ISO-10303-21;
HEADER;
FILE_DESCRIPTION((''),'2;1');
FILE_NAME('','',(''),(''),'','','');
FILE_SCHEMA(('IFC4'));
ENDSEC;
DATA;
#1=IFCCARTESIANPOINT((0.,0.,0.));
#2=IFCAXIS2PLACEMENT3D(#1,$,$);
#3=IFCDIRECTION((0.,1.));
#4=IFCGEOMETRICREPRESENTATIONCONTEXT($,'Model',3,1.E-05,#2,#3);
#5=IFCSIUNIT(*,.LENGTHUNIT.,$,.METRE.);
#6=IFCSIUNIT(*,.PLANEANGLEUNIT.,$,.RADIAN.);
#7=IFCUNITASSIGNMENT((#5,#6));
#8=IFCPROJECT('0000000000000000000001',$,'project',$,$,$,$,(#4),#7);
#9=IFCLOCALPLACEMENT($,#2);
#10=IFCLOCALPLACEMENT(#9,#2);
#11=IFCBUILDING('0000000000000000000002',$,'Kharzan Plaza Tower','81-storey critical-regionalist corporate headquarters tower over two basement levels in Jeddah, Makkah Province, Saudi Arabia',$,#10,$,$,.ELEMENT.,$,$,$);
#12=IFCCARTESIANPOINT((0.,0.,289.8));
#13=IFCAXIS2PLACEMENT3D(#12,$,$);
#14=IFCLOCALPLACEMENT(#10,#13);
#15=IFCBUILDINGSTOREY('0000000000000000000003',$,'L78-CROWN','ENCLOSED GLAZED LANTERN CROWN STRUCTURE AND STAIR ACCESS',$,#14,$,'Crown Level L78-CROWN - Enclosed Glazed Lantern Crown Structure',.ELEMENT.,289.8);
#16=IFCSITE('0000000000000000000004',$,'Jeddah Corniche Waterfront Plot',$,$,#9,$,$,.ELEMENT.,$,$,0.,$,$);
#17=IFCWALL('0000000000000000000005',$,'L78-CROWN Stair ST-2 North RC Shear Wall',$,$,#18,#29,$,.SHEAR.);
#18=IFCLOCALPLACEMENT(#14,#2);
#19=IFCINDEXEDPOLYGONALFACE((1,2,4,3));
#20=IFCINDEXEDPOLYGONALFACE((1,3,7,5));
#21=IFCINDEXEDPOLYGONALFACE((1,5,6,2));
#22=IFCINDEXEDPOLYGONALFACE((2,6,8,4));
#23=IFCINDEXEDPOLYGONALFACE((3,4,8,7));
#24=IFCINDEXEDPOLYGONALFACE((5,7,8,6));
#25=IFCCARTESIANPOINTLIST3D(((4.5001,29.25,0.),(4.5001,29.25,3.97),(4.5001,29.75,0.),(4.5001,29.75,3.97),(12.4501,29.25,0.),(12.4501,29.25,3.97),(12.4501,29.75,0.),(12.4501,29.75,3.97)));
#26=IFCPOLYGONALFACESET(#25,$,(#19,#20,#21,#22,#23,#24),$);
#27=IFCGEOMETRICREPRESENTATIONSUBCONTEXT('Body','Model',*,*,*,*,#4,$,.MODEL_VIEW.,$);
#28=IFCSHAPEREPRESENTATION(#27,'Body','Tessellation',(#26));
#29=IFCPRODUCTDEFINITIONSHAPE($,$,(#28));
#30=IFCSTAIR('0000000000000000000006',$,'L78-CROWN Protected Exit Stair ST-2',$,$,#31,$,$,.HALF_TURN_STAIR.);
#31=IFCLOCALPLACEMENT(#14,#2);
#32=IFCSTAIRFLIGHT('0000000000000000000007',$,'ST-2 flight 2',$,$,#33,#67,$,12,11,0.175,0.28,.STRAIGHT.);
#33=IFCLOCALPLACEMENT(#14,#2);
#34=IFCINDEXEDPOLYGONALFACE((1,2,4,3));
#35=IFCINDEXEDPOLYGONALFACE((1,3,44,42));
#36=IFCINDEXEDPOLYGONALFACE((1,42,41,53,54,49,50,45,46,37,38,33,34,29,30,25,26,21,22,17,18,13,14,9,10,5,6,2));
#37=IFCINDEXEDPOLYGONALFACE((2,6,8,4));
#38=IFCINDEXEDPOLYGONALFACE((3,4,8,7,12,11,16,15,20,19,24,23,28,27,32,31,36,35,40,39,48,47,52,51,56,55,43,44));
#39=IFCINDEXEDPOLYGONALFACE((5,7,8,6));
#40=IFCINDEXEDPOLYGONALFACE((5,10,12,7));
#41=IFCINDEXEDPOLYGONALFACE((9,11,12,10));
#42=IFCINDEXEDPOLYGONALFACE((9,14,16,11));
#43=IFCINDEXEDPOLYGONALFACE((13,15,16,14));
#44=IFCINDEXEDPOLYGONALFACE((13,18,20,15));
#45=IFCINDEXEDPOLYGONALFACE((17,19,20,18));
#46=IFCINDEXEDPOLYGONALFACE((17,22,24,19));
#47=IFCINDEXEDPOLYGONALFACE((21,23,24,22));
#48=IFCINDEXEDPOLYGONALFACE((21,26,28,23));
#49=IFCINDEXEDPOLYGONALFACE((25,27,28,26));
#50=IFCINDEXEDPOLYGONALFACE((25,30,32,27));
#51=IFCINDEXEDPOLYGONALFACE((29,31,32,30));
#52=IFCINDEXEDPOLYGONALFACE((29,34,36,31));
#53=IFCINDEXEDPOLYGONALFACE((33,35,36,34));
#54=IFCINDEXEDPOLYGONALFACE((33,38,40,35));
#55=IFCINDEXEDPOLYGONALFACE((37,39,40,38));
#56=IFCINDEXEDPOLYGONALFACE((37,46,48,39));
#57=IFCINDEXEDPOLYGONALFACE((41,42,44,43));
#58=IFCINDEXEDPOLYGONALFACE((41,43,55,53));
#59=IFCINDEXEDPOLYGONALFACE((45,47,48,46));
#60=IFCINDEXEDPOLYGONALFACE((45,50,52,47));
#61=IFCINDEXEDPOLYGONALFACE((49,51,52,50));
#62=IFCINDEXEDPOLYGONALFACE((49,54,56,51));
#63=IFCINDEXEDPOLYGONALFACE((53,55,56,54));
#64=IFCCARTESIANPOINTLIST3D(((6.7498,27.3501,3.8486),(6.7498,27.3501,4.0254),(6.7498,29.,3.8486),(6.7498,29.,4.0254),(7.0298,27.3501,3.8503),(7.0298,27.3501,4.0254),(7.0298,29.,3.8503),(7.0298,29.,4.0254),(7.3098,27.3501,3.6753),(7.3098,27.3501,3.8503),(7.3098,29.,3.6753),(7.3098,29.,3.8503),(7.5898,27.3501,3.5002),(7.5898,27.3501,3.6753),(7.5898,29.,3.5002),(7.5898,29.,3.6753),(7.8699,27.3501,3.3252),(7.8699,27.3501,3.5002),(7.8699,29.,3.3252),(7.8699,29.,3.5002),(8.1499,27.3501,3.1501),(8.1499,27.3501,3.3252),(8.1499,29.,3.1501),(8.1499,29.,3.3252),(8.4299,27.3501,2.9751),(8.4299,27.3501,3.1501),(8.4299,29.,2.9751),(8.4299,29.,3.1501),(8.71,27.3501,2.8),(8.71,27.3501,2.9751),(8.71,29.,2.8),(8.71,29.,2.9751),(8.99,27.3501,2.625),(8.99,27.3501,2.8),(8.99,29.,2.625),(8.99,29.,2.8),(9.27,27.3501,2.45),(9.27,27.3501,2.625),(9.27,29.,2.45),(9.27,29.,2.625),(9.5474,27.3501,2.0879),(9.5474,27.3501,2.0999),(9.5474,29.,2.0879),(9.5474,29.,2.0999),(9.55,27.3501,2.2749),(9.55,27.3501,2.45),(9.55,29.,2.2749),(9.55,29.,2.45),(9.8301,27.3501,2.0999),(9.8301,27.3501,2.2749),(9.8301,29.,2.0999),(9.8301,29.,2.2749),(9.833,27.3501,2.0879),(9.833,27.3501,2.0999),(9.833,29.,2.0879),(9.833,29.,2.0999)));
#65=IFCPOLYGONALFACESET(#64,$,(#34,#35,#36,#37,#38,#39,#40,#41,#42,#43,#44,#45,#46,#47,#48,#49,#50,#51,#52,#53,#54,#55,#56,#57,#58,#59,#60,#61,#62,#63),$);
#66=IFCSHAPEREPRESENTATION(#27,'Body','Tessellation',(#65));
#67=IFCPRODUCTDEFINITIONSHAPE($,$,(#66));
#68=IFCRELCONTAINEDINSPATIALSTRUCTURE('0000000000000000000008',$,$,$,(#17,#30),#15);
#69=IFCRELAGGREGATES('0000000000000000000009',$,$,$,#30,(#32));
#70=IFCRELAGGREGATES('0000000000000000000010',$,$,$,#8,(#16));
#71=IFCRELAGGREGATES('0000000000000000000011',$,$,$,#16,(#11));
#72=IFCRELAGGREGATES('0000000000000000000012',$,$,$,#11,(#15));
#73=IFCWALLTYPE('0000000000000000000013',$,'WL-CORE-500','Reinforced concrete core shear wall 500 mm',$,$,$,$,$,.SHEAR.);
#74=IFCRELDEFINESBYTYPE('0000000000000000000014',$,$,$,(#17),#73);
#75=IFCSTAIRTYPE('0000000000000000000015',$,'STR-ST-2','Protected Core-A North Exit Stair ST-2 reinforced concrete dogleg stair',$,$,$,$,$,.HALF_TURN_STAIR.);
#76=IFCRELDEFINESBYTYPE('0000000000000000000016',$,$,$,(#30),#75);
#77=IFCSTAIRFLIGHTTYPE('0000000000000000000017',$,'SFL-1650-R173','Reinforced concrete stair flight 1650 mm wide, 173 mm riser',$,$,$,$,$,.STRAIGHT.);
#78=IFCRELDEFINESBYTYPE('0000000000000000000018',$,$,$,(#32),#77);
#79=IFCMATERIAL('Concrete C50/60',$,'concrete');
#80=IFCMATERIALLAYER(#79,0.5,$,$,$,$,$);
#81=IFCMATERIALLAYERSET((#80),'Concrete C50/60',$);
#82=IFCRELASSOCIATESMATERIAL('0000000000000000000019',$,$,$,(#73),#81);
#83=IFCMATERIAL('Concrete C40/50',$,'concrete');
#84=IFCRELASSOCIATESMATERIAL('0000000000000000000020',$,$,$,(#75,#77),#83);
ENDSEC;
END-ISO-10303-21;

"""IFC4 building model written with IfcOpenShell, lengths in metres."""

from ifc_helpers import new_model, si_unit, direction, frame, frame_2d, origin, place, context, subcontext, project, spatial, polyline, rectangle, outline, extrude, source, transform, mapped, material, layer, layer_set, type_object, element, aggregate, save


model = new_model("IFC4")

# Units and contexts
model_context = context("Model", 3, precision=1e-05, world=origin(), true_north=direction((0.0, 1.0)))
body_context = subcontext(model_context, "Body", "Model", "MODEL_VIEW")
ifc_project = project(units=[si_unit("LENGTHUNIT", "METRE"), si_unit("PLANEANGLEUNIT", "RADIAN")], contexts=[model_context])

# Site, building, storey
site_placement = place(None, origin())
site = spatial("IfcSite", under=ifc_project, at=site_placement, Name="Jeddah Corniche Waterfront Plot", CompositionType="ELEMENT", RefElevation=0.0)
building_placement = place(site_placement, origin())
building = spatial("IfcBuilding", under=site, at=building_placement, Name="Kharzan Plaza Tower", Description="81-storey critical-regionalist corporate headquarters tower over two basement levels in Jeddah, Makkah Province, Saudi Arabia", CompositionType="ELEMENT")
storey_placement = place(building_placement, frame((0.0, 0.0, 289.8)))
storey = spatial("IfcBuildingStorey", under=building, at=storey_placement, Name="L78-CROWN", Description="ENCLOSED GLAZED LANTERN CROWN STRUCTURE AND STAIR ACCESS", LongName="Crown Level L78-CROWN - Enclosed Glazed Lantern Crown Structure", CompositionType="ELEMENT", Elevation=289.8)

# Wall
ifc_material_1 = material(Name="Concrete C50/60", Category="concrete")
ifc_layer_1 = layer(ifc_material_1, 0.5)
ifc_layer_set_1 = layer_set([ifc_layer_1], Name="Concrete C50/60")
wall_type = type_object("IfcWallType", Name="WL-CORE-500", Description="Reinforced concrete core shear wall 500 mm", PredefinedType="SHEAR", material=ifc_layer_set_1)
shared_shape_1 = source(origin(), body_context, "Body", "SweptSolid", [
    extrude(rectangle(XDim=7.95, YDim=0.5, at=frame_2d((3.9751, 0.0))), origin(), (0.0, 0.0, 1.0), 3.97),
])
wall_placement = place(storey_placement, frame((4.5, 29.5, 0.0), z_axis=(0.0, 0.0, 1.0), x_axis=(1.0, 0.0, 0.0)))
element("IfcWall", 1, at=wall_placement, inside=storey, type_object=wall_type, Name="L78-CROWN Stair ST-2 North RC Shear Wall", PredefinedType="SHEAR", context=body_context, shape_type="MappedRepresentation", body=[
    mapped(shared_shape_1, transform((0.0, 0.0, 0.0), x_axis=(1.0, 0.0, 0.0), y_axis=(0.0, 1.0, 0.0), z_axis=(0.0, 0.0, 1.0))),
])

# Stair, stair flight
ifc_material_2 = material(Name="Concrete C40/50", Category="concrete")
stair_type = type_object("IfcStairType", Name="STR-ST-2", Description="Protected Core-A North Exit Stair ST-2 reinforced concrete dogleg stair", PredefinedType="HALF_TURN_STAIR", material=ifc_material_2)
stair_placement = place(storey_placement, origin())
stair = element("IfcStair", 2, at=stair_placement, inside=storey, type_object=stair_type, Name="L78-CROWN Protected Exit Stair ST-2", PredefinedType="HALF_TURN_STAIR")
stair_flight_type = type_object("IfcStairFlightType", Name="SFL-1650-R173", Description="Reinforced concrete stair flight 1650 mm wide, 173 mm riser", PredefinedType="STRAIGHT", material=ifc_material_2)
shared_shape_2 = source(origin(), body_context, "Body", "SweptSolid", [
    extrude(outline(polyline([(-0.0029, -0.012), (-0.0029, 0.0), (0.0, 0.0), (0.0, 0.175), (0.28, 0.175), (0.28, 0.3501), (0.5601, 0.3501), (0.5601, 0.5251), (0.8401, 0.5251), (0.8401, 0.7002), (1.1201, 0.7002), (1.1201, 0.8752), (1.4001, 0.8752), (1.4001, 1.0503), (1.6802, 1.0503), (1.6802, 1.2253), (1.9602, 1.2253), (1.9602, 1.4004), (2.2402, 1.4004), (2.2402, 1.5754), (2.5203, 1.5754), (2.5203, 1.7505), (2.8003, 1.7505), (2.8003, 1.9255), (3.0803, 1.9255), (3.0803, 2.1006), (3.0803, 1.7488), (0.2827, 0.0), (0.2827, -0.012), (-0.0029, -0.012)])), frame((0.0, 0.825, 0.0), z_axis=(0.0, -1.0, 0.0), x_axis=(1.0, 0.0, 0.0)), (0.0, 0.0, 1.0), 1.6499),
])
stair_flight_placement = place(storey_placement, frame((9.8301, 28.175, 2.0999), z_axis=(0.0, 0.0, 1.0), x_axis=(-1.0, 0.0, 0.0)))
stair_flight = element("IfcStairFlight", 3, at=stair_flight_placement, type_object=stair_flight_type, Name="ST-2 flight 2", NumberOfRisers=12, NumberOfTreads=11, PredefinedType="STRAIGHT", RiserHeight=0.175, TreadLength=0.28, context=body_context, shape_type="MappedRepresentation", body=[
    mapped(shared_shape_2, transform((0.0, 0.0, 0.0), x_axis=(1.0, 0.0, 0.0), y_axis=(0.0, 1.0, 0.0), z_axis=(0.0, 0.0, 1.0))),
])
aggregate(stair, [stair_flight])

save(model, "model.ifc")
